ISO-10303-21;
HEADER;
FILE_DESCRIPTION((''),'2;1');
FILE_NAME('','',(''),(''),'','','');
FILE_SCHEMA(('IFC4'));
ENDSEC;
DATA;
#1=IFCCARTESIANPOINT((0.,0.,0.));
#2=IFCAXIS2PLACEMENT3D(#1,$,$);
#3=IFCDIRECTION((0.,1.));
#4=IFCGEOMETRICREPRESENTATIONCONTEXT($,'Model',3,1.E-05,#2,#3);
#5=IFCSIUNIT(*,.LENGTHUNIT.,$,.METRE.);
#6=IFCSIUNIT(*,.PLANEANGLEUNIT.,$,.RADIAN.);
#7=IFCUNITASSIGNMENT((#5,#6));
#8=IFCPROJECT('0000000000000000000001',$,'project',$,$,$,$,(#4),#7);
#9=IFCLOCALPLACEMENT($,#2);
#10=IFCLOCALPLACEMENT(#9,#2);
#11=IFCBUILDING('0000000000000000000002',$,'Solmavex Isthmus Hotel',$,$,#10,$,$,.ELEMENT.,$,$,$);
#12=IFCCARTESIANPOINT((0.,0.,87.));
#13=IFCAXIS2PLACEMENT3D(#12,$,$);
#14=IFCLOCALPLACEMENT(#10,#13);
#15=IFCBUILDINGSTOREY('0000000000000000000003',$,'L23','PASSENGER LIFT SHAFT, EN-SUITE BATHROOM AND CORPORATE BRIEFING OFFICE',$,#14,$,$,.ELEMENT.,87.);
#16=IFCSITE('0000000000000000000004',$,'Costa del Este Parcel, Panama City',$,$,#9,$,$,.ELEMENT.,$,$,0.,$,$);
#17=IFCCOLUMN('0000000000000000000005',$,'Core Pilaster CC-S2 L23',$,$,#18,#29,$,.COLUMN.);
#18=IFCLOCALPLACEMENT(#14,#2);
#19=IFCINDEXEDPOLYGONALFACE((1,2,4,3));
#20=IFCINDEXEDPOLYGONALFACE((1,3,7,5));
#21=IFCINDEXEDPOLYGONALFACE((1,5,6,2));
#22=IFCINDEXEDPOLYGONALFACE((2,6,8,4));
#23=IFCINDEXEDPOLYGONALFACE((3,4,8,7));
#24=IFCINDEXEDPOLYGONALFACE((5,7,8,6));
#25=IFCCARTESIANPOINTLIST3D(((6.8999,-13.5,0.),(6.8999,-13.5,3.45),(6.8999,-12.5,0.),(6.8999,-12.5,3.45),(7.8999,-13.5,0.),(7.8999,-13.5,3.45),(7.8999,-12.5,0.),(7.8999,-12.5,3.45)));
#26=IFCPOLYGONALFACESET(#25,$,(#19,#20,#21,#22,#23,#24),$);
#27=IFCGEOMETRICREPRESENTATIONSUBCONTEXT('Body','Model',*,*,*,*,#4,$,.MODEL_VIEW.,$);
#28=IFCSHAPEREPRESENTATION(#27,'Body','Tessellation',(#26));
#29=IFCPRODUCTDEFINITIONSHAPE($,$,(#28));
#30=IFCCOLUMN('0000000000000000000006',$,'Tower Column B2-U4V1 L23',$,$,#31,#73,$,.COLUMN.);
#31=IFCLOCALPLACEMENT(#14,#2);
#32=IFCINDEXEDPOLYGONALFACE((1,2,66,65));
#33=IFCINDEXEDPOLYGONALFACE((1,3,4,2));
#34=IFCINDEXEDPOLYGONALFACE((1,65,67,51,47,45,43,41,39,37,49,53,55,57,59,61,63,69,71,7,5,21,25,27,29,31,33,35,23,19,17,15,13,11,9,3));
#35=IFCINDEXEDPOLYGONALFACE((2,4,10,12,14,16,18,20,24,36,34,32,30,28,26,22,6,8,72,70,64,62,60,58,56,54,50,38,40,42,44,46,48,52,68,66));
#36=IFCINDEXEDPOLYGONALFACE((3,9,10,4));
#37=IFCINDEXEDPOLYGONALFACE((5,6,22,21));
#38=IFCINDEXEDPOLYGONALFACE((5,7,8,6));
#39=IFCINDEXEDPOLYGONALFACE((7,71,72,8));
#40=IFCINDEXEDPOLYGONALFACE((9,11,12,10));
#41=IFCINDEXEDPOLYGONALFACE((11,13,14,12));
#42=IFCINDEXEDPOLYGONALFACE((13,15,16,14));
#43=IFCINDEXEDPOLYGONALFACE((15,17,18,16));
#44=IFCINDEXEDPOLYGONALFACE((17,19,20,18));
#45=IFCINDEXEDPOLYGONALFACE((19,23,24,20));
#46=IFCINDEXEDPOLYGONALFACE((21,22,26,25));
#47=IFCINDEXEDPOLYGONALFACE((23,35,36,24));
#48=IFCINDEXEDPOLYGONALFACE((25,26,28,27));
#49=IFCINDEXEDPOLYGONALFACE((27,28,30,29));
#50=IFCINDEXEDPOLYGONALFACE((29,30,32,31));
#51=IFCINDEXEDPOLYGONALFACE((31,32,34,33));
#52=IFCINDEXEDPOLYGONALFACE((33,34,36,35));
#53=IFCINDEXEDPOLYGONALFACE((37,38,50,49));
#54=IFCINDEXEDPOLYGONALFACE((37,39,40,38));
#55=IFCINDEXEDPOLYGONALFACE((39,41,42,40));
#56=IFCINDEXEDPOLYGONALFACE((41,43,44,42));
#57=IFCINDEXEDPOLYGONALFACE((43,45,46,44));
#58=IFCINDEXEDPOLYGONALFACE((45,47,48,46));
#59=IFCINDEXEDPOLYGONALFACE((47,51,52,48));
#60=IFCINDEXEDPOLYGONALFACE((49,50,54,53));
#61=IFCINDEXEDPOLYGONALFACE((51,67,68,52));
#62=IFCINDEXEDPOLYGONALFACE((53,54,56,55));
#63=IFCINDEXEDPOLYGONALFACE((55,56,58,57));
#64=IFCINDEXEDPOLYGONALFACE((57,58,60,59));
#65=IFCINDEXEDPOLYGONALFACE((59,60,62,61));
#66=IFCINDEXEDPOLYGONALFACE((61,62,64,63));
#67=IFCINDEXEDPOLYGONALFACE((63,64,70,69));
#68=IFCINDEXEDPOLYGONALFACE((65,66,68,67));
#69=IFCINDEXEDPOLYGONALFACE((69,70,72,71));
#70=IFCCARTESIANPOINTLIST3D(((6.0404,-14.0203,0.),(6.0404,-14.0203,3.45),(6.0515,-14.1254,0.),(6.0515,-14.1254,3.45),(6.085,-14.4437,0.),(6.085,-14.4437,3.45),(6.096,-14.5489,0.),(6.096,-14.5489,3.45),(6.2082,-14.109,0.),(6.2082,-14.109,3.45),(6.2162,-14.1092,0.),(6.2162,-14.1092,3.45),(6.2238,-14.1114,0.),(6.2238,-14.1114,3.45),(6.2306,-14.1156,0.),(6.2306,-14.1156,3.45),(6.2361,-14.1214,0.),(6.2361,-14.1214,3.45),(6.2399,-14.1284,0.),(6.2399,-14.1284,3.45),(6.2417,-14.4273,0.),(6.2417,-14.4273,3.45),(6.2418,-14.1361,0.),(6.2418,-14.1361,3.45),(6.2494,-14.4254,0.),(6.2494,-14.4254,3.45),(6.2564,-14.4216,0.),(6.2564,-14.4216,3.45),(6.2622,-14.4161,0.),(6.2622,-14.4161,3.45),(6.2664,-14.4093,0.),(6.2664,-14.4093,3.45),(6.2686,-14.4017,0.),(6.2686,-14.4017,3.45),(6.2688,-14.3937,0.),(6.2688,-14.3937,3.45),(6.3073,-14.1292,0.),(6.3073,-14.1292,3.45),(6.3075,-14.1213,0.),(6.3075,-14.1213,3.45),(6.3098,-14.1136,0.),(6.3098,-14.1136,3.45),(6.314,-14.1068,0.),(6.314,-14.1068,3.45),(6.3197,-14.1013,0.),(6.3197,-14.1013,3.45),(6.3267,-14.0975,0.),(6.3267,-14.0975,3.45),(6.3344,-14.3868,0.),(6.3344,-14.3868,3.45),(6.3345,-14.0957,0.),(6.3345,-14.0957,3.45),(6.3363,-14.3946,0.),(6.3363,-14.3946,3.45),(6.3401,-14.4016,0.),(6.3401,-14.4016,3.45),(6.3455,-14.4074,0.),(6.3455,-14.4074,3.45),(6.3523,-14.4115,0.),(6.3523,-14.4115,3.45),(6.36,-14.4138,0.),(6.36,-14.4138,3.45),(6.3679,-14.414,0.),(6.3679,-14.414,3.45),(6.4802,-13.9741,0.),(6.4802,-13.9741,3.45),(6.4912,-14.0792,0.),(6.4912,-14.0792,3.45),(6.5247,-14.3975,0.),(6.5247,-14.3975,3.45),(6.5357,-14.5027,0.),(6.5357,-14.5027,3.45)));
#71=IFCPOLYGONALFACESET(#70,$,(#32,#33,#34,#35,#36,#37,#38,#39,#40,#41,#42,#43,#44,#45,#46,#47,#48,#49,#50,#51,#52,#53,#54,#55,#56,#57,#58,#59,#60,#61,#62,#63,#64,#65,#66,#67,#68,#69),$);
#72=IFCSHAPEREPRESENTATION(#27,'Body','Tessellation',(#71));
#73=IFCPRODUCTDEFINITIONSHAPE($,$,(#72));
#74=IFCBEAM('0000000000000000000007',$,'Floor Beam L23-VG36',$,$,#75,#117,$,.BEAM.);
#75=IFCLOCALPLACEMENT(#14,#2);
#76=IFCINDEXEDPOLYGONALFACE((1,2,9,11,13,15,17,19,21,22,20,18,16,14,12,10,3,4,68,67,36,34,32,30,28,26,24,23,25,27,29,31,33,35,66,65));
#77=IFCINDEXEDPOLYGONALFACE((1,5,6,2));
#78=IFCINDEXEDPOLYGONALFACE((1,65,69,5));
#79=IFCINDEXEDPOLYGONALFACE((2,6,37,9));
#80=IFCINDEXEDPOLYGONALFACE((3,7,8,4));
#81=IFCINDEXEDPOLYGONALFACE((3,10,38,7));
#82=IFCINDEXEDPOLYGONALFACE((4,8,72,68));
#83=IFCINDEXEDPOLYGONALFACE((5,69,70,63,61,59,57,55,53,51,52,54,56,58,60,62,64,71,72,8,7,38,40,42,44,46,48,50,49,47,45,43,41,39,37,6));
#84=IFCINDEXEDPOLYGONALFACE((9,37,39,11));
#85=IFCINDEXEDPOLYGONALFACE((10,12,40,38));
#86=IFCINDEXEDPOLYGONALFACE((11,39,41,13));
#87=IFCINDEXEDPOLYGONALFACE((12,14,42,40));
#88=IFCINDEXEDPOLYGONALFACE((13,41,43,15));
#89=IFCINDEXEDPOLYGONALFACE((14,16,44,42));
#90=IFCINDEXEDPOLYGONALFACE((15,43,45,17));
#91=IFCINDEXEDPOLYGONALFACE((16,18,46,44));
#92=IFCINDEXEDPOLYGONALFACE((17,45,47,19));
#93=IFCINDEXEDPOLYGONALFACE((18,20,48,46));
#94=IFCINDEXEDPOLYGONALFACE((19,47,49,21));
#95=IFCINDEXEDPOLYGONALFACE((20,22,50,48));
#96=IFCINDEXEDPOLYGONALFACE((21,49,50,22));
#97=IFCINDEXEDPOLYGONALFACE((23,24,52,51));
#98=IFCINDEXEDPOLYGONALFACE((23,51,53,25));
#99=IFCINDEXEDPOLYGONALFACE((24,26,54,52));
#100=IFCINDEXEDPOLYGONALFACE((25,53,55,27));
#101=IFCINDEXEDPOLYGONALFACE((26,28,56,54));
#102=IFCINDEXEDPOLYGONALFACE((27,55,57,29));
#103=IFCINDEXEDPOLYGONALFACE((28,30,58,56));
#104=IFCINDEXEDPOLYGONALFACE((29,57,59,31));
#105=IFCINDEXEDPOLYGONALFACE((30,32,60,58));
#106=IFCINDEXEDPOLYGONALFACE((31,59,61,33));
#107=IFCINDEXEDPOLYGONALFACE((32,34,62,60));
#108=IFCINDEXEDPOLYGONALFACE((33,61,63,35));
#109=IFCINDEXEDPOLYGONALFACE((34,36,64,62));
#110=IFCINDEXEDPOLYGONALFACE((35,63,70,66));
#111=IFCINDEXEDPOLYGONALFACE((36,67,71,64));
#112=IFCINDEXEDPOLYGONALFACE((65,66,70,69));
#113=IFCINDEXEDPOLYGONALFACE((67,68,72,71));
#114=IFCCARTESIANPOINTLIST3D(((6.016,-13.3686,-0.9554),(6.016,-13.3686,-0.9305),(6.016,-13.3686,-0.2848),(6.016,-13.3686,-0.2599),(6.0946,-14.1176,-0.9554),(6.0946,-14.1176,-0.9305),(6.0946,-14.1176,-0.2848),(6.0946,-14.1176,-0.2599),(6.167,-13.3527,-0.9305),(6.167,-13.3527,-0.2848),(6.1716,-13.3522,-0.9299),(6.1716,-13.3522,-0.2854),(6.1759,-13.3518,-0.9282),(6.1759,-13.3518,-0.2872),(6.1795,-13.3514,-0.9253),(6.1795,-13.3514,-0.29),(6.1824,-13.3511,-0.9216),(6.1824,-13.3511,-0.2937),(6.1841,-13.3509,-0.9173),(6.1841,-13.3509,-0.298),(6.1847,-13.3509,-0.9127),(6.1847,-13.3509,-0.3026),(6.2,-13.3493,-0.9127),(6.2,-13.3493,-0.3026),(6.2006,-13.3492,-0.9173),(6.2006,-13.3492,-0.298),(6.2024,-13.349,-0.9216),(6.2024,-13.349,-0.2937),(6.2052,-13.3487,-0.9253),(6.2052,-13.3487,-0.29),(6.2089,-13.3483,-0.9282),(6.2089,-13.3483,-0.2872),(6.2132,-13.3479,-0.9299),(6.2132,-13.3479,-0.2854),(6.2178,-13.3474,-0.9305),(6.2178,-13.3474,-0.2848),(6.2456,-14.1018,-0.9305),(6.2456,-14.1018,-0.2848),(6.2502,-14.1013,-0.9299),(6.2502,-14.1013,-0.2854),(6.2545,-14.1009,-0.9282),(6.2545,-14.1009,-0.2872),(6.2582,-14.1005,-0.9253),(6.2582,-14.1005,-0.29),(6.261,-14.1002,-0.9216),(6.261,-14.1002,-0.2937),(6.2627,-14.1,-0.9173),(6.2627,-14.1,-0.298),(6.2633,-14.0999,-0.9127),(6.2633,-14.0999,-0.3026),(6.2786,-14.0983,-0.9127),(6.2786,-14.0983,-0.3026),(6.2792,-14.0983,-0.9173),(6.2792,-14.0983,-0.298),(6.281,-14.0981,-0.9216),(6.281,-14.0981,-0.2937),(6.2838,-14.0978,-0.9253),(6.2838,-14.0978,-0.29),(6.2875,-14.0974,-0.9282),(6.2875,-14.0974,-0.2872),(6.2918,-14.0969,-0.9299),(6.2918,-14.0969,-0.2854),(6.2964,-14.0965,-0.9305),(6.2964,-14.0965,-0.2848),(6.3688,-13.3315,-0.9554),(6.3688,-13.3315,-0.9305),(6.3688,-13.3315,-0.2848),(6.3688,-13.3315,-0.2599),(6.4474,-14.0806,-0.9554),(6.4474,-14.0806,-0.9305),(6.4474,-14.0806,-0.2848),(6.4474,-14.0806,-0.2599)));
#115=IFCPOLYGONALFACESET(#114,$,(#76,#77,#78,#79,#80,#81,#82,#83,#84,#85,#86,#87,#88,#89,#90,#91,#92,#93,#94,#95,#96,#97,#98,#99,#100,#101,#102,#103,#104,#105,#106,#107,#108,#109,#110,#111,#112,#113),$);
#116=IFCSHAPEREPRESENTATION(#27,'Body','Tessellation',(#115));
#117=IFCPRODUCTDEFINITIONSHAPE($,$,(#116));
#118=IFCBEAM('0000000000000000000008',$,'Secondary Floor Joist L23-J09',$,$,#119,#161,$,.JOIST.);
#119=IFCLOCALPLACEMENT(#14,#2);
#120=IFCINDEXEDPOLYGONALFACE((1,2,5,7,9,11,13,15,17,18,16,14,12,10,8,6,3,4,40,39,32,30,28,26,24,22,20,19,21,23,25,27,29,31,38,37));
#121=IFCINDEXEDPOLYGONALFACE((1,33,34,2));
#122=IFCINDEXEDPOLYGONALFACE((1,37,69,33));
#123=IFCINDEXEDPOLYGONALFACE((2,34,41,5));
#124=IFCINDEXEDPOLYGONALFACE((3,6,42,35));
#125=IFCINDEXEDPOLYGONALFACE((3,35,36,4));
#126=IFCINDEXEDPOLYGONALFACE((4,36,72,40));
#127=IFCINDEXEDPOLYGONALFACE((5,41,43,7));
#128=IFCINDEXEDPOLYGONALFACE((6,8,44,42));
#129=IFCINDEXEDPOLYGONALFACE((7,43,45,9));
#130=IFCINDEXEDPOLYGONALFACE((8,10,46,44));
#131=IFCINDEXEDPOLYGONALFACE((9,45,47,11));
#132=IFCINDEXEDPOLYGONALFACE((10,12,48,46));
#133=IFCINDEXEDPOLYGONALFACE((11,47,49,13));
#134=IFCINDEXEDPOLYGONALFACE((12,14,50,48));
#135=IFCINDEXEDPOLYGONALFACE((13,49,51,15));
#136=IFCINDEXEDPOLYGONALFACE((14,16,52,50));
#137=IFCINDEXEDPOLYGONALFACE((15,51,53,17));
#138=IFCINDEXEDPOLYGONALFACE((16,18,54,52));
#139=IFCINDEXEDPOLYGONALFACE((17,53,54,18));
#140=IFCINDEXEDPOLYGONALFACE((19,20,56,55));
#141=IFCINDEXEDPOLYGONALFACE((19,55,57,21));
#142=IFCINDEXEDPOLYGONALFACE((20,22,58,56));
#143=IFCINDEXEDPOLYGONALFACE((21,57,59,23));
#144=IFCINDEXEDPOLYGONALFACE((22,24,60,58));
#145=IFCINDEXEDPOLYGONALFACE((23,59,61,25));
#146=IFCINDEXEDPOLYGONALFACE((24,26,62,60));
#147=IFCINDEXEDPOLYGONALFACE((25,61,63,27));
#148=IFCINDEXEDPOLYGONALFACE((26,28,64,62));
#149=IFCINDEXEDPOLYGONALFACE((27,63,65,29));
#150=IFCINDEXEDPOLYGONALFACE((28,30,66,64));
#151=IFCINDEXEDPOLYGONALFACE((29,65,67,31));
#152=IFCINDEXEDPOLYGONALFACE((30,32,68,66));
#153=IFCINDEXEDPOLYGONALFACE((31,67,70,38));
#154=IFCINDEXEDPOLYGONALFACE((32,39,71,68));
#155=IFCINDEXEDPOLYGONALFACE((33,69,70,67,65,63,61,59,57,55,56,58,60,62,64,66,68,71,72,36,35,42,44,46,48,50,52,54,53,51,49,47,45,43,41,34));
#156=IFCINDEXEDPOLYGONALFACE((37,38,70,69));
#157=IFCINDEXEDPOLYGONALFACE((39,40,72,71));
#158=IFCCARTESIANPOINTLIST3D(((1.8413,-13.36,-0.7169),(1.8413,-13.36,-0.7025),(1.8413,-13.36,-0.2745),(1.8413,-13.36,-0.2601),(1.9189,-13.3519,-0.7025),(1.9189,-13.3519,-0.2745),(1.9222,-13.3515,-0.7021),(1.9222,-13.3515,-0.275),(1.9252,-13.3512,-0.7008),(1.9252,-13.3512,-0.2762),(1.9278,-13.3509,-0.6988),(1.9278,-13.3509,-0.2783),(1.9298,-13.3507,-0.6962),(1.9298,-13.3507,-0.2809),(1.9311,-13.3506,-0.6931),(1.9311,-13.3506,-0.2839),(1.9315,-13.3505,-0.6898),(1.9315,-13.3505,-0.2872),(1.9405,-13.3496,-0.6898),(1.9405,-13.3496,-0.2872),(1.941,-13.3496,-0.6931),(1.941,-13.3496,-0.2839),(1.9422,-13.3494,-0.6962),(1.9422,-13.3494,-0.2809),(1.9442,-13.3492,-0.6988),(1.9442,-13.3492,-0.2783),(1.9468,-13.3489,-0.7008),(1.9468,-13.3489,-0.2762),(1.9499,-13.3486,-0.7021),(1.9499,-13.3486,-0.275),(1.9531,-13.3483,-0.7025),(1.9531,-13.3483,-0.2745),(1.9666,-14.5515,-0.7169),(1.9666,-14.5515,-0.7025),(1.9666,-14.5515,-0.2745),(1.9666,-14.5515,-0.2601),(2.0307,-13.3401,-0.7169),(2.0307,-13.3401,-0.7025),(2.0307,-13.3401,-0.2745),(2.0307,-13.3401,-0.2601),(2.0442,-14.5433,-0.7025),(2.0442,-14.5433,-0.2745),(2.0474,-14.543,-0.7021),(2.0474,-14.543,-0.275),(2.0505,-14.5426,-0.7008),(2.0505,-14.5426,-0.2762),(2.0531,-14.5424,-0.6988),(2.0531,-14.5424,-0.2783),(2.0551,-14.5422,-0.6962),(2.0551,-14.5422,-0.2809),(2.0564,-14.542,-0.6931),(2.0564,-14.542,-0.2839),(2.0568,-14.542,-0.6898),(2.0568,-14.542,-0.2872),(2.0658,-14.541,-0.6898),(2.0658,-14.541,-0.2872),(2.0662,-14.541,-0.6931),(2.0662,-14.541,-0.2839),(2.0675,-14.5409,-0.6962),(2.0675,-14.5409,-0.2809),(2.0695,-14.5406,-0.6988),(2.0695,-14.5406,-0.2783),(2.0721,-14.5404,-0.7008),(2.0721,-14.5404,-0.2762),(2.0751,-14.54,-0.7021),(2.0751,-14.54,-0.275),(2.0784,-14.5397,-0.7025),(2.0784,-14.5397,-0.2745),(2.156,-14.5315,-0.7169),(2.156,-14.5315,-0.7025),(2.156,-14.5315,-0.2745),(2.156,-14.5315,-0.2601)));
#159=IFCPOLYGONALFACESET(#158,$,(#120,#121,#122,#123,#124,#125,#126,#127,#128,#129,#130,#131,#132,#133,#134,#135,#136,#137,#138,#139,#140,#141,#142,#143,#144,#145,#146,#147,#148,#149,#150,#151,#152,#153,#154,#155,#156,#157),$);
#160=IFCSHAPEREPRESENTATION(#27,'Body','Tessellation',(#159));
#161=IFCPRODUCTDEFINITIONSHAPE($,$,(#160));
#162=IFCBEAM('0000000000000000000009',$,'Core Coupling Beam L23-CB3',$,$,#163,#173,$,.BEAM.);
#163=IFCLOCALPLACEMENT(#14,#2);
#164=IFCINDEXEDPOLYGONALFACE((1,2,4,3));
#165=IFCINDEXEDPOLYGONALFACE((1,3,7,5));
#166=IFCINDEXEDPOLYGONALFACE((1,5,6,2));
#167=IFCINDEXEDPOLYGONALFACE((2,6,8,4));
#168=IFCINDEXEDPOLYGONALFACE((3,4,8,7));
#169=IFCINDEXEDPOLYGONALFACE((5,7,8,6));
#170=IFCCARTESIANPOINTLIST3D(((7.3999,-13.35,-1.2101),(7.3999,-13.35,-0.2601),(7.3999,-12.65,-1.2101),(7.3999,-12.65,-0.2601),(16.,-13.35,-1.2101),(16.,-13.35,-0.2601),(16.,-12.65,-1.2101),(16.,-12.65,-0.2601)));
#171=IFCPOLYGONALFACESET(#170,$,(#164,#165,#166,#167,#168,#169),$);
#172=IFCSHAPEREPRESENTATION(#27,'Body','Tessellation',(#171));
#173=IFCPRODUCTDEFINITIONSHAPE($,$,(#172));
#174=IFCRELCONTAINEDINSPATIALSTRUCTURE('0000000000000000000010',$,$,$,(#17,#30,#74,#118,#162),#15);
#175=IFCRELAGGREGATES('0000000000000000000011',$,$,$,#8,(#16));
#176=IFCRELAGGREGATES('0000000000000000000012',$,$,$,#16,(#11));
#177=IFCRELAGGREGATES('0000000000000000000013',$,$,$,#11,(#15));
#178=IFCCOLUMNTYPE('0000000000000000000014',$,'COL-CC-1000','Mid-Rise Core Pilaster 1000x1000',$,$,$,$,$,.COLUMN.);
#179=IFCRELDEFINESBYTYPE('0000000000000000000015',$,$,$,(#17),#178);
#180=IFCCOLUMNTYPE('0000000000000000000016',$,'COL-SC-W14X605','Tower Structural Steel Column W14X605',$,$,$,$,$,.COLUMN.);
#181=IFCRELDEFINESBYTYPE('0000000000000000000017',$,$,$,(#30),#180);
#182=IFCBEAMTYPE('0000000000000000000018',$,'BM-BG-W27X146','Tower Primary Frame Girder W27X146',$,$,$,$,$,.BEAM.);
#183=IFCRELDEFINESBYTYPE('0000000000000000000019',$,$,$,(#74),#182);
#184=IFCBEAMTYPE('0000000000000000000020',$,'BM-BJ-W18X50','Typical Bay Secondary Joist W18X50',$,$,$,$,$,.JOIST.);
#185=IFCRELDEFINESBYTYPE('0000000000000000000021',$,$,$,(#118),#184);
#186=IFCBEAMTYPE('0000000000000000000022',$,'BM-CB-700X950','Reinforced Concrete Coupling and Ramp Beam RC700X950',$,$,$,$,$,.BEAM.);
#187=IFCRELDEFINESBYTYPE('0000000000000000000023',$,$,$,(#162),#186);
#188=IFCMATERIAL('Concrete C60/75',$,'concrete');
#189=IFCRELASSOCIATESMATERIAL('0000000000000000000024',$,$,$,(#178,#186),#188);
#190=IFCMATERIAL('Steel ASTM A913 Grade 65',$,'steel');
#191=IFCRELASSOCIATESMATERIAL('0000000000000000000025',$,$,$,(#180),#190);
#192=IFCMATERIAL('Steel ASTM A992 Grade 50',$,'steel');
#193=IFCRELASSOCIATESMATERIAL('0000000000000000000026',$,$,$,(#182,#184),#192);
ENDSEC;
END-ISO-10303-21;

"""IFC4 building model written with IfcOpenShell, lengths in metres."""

from ifc_helpers import new_model, si_unit, direction, frame, origin, origin_2d, place, context, subcontext, project, spatial, rectangle, i_section, extrude, material, material_profile, profile_set, type_object, element, save


model = new_model("IFC4")

# Units and contexts
model_context = context("Model", 3, precision=1e-05, world=origin(), true_north=direction((0.0, 1.0)))
body_context = subcontext(model_context, "Body", "Model", "MODEL_VIEW")
ifc_project = project(units=[si_unit("LENGTHUNIT", "METRE"), si_unit("PLANEANGLEUNIT", "RADIAN")], contexts=[model_context])

# Site, building, storey
site_placement = place(None, origin())
site = spatial("IfcSite", under=ifc_project, at=site_placement, Name="Costa del Este Parcel, Panama City", CompositionType="ELEMENT", RefElevation=0.0)
building_placement = place(site_placement, origin())
building = spatial("IfcBuilding", under=site, at=building_placement, Name="Solmavex Isthmus Hotel", CompositionType="ELEMENT")
storey_placement = place(building_placement, frame((0.0, 0.0, 87.0)))
storey = spatial("IfcBuildingStorey", under=building, at=storey_placement, Name="L23", Description="PASSENGER LIFT SHAFT, EN-SUITE BATHROOM AND CORPORATE BRIEFING OFFICE", CompositionType="ELEMENT", Elevation=87.0)

# Columns
ifc_material_1 = material(Name="Concrete C60/75", Category="concrete")
ifc_material_profile_1 = material_profile(ifc_material_1, rectangle(XDim=1.0, YDim=1.0, at=origin_2d()), Name="RC1000X1000")
ifc_profile_set_1 = profile_set([ifc_material_profile_1], Name="Concrete C60/75")
column_type_1 = type_object("IfcColumnType", Name="COL-CC-1000", Description="Mid-Rise Core Pilaster 1000x1000", PredefinedType="COLUMN", material=ifc_profile_set_1)
column_1_placement = place(storey_placement, frame((7.3999, -13.0, 0.0), z_axis=(0.0, 0.0, 1.0), x_axis=(1.0, 0.0, 0.0)))
element("IfcColumn", 1, at=column_1_placement, inside=storey, type_object=column_type_1, Name="Core Pilaster CC-S2 L23", PredefinedType="COLUMN", context=body_context, shape_type="SweptSolid", body=[
    extrude(rectangle(XDim=1.0, YDim=1.0, at=origin_2d()), origin(), (0.0, 0.0, 1.0), 3.45),
])
ifc_material_2 = material(Name="Steel ASTM A913 Grade 65", Category="steel")
ifc_material_profile_2 = material_profile(ifc_material_2, i_section(OverallWidth=0.4421, OverallDepth=0.5315, WebThickness=0.0659, FlangeThickness=0.1057, FilletRadius=0.0305, at=origin_2d()), Name="W14X605")
ifc_profile_set_2 = profile_set([ifc_material_profile_2], Name="Steel ASTM A913 Grade 65")
column_type_2 = type_object("IfcColumnType", Name="COL-SC-W14X605", Description="Tower Structural Steel Column W14X605", PredefinedType="COLUMN", material=ifc_profile_set_2)
column_2_placement = place(storey_placement, frame((6.2881, -14.2615, 0.0), z_axis=(0.0, 0.0, 1.0), x_axis=(0.994522, 0.104528, 0.0)))
element("IfcColumn", 2, at=column_2_placement, inside=storey, type_object=column_type_2, Name="Tower Column B2-U4V1 L23", PredefinedType="COLUMN", context=body_context, shape_type="SweptSolid", body=[
    extrude(i_section(OverallWidth=0.4421, OverallDepth=0.5315, WebThickness=0.0659, FlangeThickness=0.1057, FilletRadius=0.0305, at=origin_2d()), origin(), (0.0, 0.0, 1.0), 3.45),
])

# Beams
ifc_material_3 = material(Name="Steel ASTM A992 Grade 50", Category="steel")
ifc_material_profile_3 = material_profile(ifc_material_3, i_section(OverallWidth=0.3547, OverallDepth=0.6956, WebThickness=0.0154, FlangeThickness=0.0249, FilletRadius=0.0178, at=origin_2d()), Name="W27X146")
ifc_profile_set_3 = profile_set([ifc_material_profile_3], Name="Steel ASTM A992 Grade 50")
beam_type_1 = type_object("IfcBeamType", Name="BM-BG-W27X146", Description="Tower Primary Frame Girder W27X146", PredefinedType="BEAM", material=ifc_profile_set_3)
beam_1_placement = place(storey_placement, frame((6.271, -14.0991, -0.6077), z_axis=(-0.104381, 0.994537, 0.0), x_axis=(-0.994537, -0.104381, 0.0)))
element("IfcBeam", 3, at=beam_1_placement, inside=storey, type_object=beam_type_1, Name="Floor Beam L23-VG36", PredefinedType="BEAM", context=body_context, shape_type="SweptSolid", body=[
    extrude(i_section(OverallWidth=0.3547, OverallDepth=0.6956, WebThickness=0.0154, FlangeThickness=0.0249, FilletRadius=0.0178, at=origin_2d()), origin(), (0.0, 0.0, 1.0), 0.7532),
])
ifc_material_profile_4 = material_profile(ifc_material_3, i_section(OverallWidth=0.1904, OverallDepth=0.4568, WebThickness=0.009, FlangeThickness=0.0144, FilletRadius=0.0127, at=origin_2d()), Name="W18X50")
ifc_profile_set_4 = profile_set([ifc_material_profile_4], Name="Steel ASTM A992 Grade 50")
beam_type_2 = type_object("IfcBeamType", Name="BM-BJ-W18X50", Description="Typical Bay Secondary Joist W18X50", PredefinedType="JOIST", material=ifc_profile_set_4)
beam_2_placement = place(storey_placement, frame((2.0613, -14.5415, -0.4885), z_axis=(-0.104547, 0.99452, 0.0), x_axis=(-0.99452, -0.104547, 0.0)))
element("IfcBeam", 4, at=beam_2_placement, inside=storey, type_object=beam_type_2, Name="Secondary Floor Joist L23-J09", PredefinedType="JOIST", context=body_context, shape_type="SweptSolid", body=[
    extrude(i_section(OverallWidth=0.1904, OverallDepth=0.4568, WebThickness=0.009, FlangeThickness=0.0144, FilletRadius=0.0127, at=origin_2d()), origin(), (0.0, 0.0, 1.0), 1.198),
])
ifc_material_profile_5 = material_profile(ifc_material_1, rectangle(XDim=0.7, YDim=0.95, at=origin_2d()), Name="RC700X950")
ifc_profile_set_5 = profile_set([ifc_material_profile_5], Name="Concrete C60/75")
beam_type_3 = type_object("IfcBeamType", Name="BM-CB-700X950", Description="Reinforced Concrete Coupling and Ramp Beam RC700X950", PredefinedType="BEAM", material=ifc_profile_set_5)
beam_3_placement = place(storey_placement, frame((7.3999, -13.0, -0.7351), z_axis=(1.0, 0.0, 0.0), x_axis=(0.0, 1.0, 0.0)))
element("IfcBeam", 5, at=beam_3_placement, inside=storey, type_object=beam_type_3, Name="Core Coupling Beam L23-CB3", PredefinedType="BEAM", context=body_context, shape_type="SweptSolid", body=[
    extrude(rectangle(XDim=0.7, YDim=0.95, at=origin_2d()), origin(), (0.0, 0.0, 1.0), 8.6001),
])

save(model, "model.ifc")
